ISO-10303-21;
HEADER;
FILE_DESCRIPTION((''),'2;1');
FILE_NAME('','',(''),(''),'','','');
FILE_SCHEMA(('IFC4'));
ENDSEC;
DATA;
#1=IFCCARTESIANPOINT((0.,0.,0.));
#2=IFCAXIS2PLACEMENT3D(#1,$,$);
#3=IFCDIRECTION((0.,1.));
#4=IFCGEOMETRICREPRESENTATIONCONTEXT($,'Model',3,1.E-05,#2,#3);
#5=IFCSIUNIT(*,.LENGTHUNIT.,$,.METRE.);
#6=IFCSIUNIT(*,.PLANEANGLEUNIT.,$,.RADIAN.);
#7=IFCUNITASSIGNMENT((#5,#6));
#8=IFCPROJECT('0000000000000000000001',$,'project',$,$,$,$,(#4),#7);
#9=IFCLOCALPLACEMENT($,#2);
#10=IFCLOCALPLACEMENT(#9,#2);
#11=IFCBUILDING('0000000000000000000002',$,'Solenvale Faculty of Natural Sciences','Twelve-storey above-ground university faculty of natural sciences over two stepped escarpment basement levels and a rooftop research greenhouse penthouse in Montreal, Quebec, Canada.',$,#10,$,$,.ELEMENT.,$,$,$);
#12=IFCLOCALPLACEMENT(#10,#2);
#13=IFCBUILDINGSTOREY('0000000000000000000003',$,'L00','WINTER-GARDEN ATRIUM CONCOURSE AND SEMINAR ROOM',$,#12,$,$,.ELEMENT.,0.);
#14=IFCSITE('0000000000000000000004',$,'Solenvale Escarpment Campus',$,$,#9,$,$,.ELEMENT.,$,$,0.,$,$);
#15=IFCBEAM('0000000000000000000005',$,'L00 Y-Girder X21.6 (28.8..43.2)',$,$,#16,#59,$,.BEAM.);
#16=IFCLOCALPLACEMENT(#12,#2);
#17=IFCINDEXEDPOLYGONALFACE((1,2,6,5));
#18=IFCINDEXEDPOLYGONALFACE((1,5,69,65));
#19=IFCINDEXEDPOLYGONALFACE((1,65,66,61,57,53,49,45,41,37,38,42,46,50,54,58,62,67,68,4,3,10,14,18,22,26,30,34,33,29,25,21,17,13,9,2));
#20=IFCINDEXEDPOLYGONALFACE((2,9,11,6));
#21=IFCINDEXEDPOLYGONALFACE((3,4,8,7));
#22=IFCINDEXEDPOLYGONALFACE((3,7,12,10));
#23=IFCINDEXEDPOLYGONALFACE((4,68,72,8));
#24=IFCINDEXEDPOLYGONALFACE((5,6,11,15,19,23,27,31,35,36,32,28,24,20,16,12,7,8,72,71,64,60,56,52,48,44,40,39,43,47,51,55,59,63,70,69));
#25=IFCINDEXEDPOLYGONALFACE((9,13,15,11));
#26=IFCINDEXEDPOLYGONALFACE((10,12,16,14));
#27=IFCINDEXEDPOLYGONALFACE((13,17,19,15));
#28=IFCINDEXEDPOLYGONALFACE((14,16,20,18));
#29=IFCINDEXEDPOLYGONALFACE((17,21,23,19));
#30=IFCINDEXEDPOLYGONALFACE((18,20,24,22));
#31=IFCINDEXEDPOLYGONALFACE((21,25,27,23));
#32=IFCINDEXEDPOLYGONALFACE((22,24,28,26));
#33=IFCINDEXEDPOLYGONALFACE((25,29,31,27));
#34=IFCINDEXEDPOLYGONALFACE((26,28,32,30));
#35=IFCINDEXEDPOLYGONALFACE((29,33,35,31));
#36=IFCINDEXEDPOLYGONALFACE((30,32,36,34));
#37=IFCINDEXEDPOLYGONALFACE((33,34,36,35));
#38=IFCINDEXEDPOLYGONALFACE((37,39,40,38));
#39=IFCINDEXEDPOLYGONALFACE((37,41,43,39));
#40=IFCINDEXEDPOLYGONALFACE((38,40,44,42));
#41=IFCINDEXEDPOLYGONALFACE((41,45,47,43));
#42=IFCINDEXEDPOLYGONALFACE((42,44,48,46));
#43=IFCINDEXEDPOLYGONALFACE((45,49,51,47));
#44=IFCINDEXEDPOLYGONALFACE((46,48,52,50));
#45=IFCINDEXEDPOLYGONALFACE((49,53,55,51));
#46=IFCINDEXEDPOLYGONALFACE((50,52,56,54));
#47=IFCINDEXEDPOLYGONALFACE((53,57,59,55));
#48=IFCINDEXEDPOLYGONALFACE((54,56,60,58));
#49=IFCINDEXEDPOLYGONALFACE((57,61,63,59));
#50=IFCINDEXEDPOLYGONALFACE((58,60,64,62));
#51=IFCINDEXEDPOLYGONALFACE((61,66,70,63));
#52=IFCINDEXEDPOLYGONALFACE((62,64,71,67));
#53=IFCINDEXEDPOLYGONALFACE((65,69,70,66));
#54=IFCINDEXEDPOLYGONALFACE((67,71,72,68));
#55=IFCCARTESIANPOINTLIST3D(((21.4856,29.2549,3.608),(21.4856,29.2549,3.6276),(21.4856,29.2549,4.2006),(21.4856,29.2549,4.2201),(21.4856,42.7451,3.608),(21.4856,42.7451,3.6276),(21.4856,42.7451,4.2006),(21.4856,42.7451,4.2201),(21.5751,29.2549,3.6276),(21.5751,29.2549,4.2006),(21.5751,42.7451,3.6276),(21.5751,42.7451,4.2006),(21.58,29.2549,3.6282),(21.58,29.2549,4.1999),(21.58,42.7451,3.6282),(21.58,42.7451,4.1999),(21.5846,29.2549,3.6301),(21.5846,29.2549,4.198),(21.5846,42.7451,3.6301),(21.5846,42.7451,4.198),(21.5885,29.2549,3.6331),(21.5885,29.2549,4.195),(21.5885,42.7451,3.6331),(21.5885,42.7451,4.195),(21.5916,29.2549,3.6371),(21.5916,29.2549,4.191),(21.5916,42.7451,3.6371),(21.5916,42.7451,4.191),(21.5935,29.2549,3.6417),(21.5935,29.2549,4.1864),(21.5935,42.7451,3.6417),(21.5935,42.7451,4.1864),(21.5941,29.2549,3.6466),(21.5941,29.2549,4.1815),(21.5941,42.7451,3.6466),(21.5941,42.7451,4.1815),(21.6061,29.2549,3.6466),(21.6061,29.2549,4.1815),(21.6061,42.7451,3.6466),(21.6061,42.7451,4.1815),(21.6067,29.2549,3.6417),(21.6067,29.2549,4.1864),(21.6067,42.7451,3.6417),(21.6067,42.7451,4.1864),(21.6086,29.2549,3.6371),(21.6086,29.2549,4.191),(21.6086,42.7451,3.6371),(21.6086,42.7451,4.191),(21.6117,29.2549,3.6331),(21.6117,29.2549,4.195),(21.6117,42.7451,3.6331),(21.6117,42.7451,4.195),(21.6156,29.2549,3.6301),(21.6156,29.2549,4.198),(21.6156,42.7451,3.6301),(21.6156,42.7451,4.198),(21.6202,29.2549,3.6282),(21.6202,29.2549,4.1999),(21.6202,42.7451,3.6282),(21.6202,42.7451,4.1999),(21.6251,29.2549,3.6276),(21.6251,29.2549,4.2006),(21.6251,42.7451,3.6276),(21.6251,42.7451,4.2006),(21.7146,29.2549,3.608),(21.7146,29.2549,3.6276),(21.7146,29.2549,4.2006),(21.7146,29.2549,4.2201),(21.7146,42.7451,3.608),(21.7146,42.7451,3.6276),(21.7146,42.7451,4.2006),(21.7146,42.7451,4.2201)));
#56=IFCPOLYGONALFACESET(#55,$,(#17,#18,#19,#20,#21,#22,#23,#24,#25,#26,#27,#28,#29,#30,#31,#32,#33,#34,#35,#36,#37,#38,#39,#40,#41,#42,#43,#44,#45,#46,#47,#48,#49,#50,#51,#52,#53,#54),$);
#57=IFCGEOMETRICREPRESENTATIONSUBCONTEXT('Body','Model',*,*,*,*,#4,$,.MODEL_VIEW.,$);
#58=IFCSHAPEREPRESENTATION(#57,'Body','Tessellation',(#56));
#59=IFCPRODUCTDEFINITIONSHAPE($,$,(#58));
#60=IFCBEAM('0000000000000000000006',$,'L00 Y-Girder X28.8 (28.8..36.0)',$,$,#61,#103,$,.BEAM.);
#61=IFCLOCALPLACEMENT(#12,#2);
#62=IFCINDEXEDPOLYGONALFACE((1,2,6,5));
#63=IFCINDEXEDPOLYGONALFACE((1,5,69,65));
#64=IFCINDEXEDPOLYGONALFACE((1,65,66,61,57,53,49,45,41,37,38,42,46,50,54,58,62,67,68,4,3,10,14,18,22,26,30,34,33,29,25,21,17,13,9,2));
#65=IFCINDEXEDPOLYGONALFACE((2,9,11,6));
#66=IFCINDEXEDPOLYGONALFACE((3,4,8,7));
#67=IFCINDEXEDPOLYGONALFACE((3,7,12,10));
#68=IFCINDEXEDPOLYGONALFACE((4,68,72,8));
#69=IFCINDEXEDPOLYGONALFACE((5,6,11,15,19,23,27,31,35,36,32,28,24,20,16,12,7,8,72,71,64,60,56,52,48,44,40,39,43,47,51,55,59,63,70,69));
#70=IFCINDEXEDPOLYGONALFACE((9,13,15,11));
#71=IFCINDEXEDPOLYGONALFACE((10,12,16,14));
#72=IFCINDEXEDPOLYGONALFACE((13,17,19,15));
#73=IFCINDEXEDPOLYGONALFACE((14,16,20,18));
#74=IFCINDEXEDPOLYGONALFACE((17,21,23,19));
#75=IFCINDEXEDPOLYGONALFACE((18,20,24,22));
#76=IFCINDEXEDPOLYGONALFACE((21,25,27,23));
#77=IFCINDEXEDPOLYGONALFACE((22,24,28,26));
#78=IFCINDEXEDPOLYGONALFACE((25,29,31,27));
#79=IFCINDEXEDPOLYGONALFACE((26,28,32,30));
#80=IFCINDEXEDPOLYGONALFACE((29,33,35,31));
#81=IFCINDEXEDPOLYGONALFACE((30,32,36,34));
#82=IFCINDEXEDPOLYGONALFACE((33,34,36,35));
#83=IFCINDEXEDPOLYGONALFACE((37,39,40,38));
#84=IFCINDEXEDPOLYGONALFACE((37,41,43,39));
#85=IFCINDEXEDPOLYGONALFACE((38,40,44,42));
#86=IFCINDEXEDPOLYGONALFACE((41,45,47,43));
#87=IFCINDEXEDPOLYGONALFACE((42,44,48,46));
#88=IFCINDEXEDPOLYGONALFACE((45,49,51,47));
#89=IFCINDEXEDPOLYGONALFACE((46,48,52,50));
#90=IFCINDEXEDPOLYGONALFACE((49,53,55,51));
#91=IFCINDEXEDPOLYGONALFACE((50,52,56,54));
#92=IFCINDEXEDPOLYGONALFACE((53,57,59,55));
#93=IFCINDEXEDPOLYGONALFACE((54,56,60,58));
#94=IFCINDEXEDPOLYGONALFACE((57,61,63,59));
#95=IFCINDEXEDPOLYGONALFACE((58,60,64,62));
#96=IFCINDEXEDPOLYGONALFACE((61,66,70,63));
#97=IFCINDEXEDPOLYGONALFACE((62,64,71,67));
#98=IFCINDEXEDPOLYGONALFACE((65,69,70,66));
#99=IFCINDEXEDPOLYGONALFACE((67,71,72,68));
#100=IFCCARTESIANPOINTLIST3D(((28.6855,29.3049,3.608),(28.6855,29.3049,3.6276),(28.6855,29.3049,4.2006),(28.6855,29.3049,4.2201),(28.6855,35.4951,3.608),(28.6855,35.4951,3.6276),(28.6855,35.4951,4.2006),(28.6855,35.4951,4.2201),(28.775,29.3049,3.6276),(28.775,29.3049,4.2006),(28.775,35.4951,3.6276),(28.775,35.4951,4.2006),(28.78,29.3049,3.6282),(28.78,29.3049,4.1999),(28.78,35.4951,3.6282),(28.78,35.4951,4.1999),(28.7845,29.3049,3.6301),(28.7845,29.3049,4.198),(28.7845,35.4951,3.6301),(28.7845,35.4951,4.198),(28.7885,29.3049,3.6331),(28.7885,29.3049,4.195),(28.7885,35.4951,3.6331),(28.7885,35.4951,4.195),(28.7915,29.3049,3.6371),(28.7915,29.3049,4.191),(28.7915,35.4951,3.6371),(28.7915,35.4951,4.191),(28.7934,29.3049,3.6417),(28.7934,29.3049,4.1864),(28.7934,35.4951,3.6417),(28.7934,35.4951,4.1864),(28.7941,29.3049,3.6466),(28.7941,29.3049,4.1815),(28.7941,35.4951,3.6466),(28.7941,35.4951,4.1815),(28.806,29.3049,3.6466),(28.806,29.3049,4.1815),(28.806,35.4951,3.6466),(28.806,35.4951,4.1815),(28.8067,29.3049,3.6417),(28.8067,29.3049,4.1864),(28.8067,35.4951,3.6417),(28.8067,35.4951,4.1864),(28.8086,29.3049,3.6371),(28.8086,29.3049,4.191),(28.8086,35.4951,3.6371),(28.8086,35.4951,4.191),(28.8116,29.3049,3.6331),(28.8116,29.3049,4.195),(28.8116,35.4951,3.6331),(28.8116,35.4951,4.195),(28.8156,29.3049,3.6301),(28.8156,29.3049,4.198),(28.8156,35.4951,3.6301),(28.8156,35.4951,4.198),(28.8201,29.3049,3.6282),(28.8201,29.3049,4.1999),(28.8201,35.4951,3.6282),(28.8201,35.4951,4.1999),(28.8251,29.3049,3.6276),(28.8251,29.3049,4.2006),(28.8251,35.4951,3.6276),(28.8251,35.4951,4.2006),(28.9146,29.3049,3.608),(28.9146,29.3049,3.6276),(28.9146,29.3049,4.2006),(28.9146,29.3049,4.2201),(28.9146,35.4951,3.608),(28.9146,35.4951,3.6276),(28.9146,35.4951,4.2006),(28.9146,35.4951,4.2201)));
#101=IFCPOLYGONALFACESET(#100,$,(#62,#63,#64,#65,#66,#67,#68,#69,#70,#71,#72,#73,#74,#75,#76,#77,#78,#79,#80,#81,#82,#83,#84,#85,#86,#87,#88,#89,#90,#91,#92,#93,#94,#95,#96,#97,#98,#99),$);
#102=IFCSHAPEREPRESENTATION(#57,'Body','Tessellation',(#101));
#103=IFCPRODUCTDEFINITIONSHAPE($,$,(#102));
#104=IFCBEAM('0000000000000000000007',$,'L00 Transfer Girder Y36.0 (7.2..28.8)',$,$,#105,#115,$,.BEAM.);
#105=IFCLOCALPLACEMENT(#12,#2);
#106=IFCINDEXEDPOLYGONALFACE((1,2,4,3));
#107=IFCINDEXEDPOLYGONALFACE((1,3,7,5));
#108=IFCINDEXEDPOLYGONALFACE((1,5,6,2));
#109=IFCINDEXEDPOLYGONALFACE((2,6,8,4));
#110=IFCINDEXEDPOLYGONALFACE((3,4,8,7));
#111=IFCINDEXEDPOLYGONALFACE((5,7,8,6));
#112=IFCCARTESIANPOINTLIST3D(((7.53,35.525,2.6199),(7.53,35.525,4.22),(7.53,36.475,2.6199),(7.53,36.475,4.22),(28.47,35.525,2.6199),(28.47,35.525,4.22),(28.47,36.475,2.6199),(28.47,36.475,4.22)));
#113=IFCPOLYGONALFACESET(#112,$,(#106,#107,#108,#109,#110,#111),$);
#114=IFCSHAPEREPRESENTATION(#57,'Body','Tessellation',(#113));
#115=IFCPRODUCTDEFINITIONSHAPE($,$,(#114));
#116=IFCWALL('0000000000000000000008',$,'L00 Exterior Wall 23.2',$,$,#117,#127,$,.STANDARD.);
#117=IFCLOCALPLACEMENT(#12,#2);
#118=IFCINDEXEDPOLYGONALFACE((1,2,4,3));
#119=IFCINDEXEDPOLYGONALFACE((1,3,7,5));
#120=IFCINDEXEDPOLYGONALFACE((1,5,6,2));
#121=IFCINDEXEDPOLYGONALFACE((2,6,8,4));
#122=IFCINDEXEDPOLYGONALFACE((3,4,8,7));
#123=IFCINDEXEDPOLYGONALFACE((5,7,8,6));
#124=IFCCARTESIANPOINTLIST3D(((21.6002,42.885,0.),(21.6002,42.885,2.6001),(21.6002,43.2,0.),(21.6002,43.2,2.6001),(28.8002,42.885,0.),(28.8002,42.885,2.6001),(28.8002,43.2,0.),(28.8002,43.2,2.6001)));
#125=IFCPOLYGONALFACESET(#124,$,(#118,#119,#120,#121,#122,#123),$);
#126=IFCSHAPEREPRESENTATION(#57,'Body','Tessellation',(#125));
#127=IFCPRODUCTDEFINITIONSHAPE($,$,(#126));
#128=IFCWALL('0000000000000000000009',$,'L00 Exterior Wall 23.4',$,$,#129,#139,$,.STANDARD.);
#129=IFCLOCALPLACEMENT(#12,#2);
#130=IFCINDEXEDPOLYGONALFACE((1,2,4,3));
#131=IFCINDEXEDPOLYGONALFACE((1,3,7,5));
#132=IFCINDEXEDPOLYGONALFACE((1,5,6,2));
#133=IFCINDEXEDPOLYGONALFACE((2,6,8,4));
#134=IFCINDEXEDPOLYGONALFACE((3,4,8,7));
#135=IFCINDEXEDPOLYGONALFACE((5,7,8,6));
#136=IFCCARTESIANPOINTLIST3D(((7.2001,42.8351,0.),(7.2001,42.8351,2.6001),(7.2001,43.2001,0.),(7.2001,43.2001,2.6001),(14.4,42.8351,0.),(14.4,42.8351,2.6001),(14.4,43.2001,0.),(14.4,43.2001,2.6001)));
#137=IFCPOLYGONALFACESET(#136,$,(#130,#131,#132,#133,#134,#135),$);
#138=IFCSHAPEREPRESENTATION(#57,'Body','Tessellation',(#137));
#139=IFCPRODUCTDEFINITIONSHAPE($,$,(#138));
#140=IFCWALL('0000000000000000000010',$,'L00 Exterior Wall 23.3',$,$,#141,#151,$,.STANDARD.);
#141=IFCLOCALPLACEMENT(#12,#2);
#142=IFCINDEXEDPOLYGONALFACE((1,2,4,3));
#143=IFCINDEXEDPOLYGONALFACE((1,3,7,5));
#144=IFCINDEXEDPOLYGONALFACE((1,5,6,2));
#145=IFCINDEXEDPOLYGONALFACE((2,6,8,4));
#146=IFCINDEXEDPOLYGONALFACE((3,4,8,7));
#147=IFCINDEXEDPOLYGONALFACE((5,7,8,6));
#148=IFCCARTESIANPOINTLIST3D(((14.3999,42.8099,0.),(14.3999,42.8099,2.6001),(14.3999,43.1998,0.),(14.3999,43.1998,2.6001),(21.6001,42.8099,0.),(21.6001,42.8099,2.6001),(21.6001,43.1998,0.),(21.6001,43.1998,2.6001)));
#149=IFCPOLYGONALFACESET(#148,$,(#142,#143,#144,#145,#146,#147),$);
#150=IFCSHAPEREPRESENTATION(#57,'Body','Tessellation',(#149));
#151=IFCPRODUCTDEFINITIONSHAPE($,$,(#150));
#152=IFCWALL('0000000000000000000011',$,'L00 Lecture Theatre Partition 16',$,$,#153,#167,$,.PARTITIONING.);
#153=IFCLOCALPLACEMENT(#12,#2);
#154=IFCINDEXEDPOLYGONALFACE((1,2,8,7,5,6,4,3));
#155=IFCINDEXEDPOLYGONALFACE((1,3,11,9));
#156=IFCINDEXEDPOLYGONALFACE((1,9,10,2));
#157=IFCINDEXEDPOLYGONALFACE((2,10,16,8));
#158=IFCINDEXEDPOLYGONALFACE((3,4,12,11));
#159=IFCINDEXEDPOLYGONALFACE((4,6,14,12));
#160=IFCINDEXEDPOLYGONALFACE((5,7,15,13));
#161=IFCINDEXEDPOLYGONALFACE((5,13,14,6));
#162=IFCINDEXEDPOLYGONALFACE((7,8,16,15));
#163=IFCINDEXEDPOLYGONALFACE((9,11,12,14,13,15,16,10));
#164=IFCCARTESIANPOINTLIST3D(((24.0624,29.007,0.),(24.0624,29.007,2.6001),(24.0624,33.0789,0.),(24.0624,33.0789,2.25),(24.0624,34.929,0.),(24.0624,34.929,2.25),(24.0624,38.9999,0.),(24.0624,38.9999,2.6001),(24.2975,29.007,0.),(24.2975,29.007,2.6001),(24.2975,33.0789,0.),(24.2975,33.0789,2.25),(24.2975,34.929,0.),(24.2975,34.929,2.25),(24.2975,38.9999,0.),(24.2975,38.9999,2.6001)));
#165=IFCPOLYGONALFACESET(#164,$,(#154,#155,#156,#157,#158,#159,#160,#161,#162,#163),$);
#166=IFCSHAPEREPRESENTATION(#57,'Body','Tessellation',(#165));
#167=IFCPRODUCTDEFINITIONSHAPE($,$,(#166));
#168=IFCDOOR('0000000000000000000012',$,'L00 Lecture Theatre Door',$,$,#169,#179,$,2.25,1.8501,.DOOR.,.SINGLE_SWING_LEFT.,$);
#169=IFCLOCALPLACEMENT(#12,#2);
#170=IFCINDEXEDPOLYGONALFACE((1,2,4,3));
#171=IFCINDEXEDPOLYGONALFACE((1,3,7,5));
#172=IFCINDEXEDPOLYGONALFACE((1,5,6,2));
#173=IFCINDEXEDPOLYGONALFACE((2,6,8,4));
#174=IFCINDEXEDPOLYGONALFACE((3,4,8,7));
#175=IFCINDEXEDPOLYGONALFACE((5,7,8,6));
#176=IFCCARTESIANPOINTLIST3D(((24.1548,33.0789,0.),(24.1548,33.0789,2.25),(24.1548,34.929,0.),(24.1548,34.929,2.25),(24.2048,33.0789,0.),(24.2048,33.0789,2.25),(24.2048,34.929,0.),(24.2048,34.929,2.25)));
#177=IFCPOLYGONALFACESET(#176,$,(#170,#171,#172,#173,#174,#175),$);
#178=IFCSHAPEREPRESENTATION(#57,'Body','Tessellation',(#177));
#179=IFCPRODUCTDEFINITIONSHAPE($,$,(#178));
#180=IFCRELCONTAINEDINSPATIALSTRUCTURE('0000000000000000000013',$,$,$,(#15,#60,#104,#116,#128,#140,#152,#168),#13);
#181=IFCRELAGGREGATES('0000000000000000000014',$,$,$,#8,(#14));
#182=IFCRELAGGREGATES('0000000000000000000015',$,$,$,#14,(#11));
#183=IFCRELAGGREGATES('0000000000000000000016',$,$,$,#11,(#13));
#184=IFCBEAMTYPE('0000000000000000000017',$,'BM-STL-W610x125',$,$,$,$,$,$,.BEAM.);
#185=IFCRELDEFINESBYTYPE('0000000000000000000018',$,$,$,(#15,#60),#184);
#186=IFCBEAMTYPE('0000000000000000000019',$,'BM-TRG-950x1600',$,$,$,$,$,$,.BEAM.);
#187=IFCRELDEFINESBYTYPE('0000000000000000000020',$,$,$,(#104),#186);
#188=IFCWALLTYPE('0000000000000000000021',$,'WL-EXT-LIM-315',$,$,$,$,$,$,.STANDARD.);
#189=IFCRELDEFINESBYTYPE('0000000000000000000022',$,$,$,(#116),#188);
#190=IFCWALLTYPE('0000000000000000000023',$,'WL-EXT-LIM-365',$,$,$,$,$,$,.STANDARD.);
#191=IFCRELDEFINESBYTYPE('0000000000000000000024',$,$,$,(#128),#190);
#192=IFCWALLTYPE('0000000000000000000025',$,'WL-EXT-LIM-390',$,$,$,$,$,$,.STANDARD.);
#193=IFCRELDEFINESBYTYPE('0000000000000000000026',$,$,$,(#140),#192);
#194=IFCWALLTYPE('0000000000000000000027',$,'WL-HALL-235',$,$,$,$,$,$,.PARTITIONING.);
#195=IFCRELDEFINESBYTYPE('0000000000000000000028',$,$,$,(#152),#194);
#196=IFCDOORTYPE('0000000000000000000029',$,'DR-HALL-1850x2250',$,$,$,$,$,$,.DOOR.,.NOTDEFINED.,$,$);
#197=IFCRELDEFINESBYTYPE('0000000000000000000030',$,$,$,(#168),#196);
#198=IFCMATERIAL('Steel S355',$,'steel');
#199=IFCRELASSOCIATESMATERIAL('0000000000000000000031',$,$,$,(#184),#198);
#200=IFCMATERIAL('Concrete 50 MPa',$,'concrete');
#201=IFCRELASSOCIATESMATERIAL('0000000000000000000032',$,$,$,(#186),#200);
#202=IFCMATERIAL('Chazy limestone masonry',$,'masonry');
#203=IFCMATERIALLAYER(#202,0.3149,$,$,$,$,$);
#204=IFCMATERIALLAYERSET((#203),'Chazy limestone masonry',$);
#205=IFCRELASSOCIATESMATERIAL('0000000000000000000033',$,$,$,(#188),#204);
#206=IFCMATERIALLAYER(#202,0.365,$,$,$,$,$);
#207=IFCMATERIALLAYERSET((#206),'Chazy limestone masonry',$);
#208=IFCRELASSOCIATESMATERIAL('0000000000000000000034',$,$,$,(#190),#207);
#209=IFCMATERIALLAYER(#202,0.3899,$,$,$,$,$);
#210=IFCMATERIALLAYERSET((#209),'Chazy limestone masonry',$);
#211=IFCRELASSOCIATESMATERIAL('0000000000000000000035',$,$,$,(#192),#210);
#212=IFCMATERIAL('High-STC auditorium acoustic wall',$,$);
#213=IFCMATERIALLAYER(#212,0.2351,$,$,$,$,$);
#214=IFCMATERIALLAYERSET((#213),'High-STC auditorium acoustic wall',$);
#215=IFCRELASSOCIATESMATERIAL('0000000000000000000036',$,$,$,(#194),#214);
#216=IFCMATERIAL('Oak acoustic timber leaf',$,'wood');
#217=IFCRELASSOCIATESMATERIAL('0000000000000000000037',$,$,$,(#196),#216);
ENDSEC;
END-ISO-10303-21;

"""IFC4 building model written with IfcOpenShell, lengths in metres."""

from ifc_helpers import new_model, si_unit, direction, frame, frame_2d, origin, origin_2d, place, context, subcontext, project, spatial, rectangle, i_section, extrude, material, layer, layer_set, material_profile, profile_set, type_object, element, fill, save


model = new_model("IFC4")

# Units and contexts
model_context = context("Model", 3, precision=1e-05, world=origin(), true_north=direction((0.0, 1.0)))
body_context = subcontext(model_context, "Body", "Model", "MODEL_VIEW")
ifc_project = project(units=[si_unit("LENGTHUNIT", "METRE"), si_unit("PLANEANGLEUNIT", "RADIAN")], contexts=[model_context])

# Site, building, storey
site_placement = place(None, origin())
site = spatial("IfcSite", under=ifc_project, at=site_placement, Name="Solenvale Escarpment Campus", CompositionType="ELEMENT", RefElevation=0.0)
building_placement = place(site_placement, origin())
building = spatial("IfcBuilding", under=site, at=building_placement, Name="Solenvale Faculty of Natural Sciences", Description="Twelve-storey above-ground university faculty of natural sciences over two stepped escarpment basement levels and a rooftop research greenhouse penthouse in Montreal, Quebec, Canada.", CompositionType="ELEMENT")
storey_placement = place(building_placement, origin())
storey = spatial("IfcBuildingStorey", under=building, at=storey_placement, Name="L00", Description="WINTER-GARDEN ATRIUM CONCOURSE AND SEMINAR ROOM", CompositionType="ELEMENT", Elevation=0.0)

# Shared definitions
ifc_material_1 = material(Name="Concrete 50 MPa", Category="concrete")

# Beams
ifc_material_2 = material(Name="Steel S355", Category="steel")
ifc_material_profile_1 = material_profile(ifc_material_2, i_section(OverallWidth=0.229, OverallDepth=0.6121, WebThickness=0.012, FlangeThickness=0.0195, FilletRadius=0.019, at=origin_2d()), Name="W610x125")
ifc_profile_set_1 = profile_set([ifc_material_profile_1], Name="Steel S355")
beam_type_1 = type_object("IfcBeamType", Name="BM-STL-W610x125", PredefinedType="BEAM", material=ifc_profile_set_1)
for number, where, z_axis, x_axis, name in (
    (1, (21.6001, 29.2549, 3.9141), (0.0, 1.0, 0.0), (-1.0, 0.0, 0.0), "L00 Y-Girder X21.6 (28.8..43.2)"),
):
    element("IfcBeam", number, at=place(storey_placement, frame(where, z_axis=z_axis, x_axis=x_axis)), inside=storey, type_object=beam_type_1, Name=name, PredefinedType="BEAM", context=body_context, shape_type="SweptSolid", body=[
        extrude(i_section(OverallWidth=0.229, OverallDepth=0.6121, WebThickness=0.012, FlangeThickness=0.0195, FilletRadius=0.019, at=origin_2d()), origin(), (0.0, 0.0, 1.0), 13.4902),
    ])
beam_1_placement = place(storey_placement, frame((28.8, 29.3049, 3.9141), z_axis=(0.0, 1.0, 0.0), x_axis=(-1.0, 0.0, 0.0)))
element("IfcBeam", 2, at=beam_1_placement, inside=storey, type_object=beam_type_1, Name="L00 Y-Girder X28.8 (28.8..36.0)", PredefinedType="BEAM", context=body_context, shape_type="SweptSolid", body=[
    extrude(i_section(OverallWidth=0.229, OverallDepth=0.6121, WebThickness=0.012, FlangeThickness=0.0195, FilletRadius=0.019, at=origin_2d()), origin(), (0.0, 0.0, 1.0), 6.1902),
])
ifc_material_profile_2 = material_profile(ifc_material_1, rectangle(XDim=0.95, YDim=1.6001, at=origin_2d()), Name="RC-TRG-950x1600")
ifc_profile_set_2 = profile_set([ifc_material_profile_2], Name="Concrete 50 MPa")
beam_type_2 = type_object("IfcBeamType", Name="BM-TRG-950x1600", PredefinedType="BEAM", material=ifc_profile_set_2)
beam_2_placement = place(storey_placement, frame((7.53, 36.0, 3.4199), z_axis=(1.0, 0.0, 0.0), x_axis=(0.0, 1.0, 0.0)))
element("IfcBeam", 3, at=beam_2_placement, inside=storey, type_object=beam_type_2, Name="L00 Transfer Girder Y36.0 (7.2..28.8)", PredefinedType="BEAM", context=body_context, shape_type="SweptSolid", body=[
    extrude(rectangle(XDim=0.95, YDim=1.6001, at=origin_2d()), origin(), (0.0, 0.0, 1.0), 20.9399),
])

# Walls
ifc_material_3 = material(Name="Chazy limestone masonry", Category="masonry")
ifc_layer_1 = layer(ifc_material_3, 0.3149)
ifc_layer_set_1 = layer_set([ifc_layer_1], Name="Chazy limestone masonry")
wall_type_1 = type_object("IfcWallType", Name="WL-EXT-LIM-315", PredefinedType="STANDARD", material=ifc_layer_set_1)
wall_1_placement = place(storey_placement, frame((21.6001, 43.0425, 0.0), z_axis=(0.0, 0.0, 1.0), x_axis=(1.0, 0.0, 0.0)))
element("IfcWall", 4, at=wall_1_placement, inside=storey, type_object=wall_type_1, Name="L00 Exterior Wall 23.2", PredefinedType="STANDARD", context=body_context, shape_type="SweptSolid", body=[
    extrude(rectangle(XDim=7.2, YDim=0.3149, at=frame_2d((3.6001, 0.0))), origin(), (0.0, 0.0, 1.0), 2.6001),
])
ifc_layer_2 = layer(ifc_material_3, 0.365)
ifc_layer_set_2 = layer_set([ifc_layer_2], Name="Chazy limestone masonry")
wall_type_2 = type_object("IfcWallType", Name="WL-EXT-LIM-365", PredefinedType="STANDARD", material=ifc_layer_set_2)
wall_2_placement = place(storey_placement, frame((7.2, 43.0176, 0.0), z_axis=(0.0, 0.0, 1.0), x_axis=(1.0, 0.0, 0.0)))
element("IfcWall", 5, at=wall_2_placement, inside=storey, type_object=wall_type_2, Name="L00 Exterior Wall 23.4", PredefinedType="STANDARD", context=body_context, shape_type="SweptSolid", body=[
    extrude(rectangle(XDim=7.2, YDim=0.365, at=frame_2d((3.6001, 0.0))), origin(), (0.0, 0.0, 1.0), 2.6001),
])
ifc_layer_3 = layer(ifc_material_3, 0.3899)
ifc_layer_set_3 = layer_set([ifc_layer_3], Name="Chazy limestone masonry")
wall_type_3 = type_object("IfcWallType", Name="WL-EXT-LIM-390", PredefinedType="STANDARD", material=ifc_layer_set_3)
wall_3_placement = place(storey_placement, frame((14.3999, 43.0049, 0.0), z_axis=(0.0, 0.0, 1.0), x_axis=(1.0, 0.0, 0.0)))
element("IfcWall", 6, at=wall_3_placement, inside=storey, type_object=wall_type_3, Name="L00 Exterior Wall 23.3", PredefinedType="STANDARD", context=body_context, shape_type="SweptSolid", body=[
    extrude(rectangle(XDim=7.2002, YDim=0.3899, at=frame_2d((3.6001, 0.0))), origin(), (0.0, 0.0, 1.0), 2.6001),
])

# Wall, opening, door
ifc_material_4 = material(Name="High-STC auditorium acoustic wall")
ifc_layer_4 = layer(ifc_material_4, 0.2351)
ifc_layer_set_4 = layer_set([ifc_layer_4], Name="High-STC auditorium acoustic wall")
wall_type_4 = type_object("IfcWallType", Name="WL-HALL-235", PredefinedType="PARTITIONING", material=ifc_layer_set_4)
wall_4_placement = place(storey_placement, frame((24.1799, 39.0, 0.0), z_axis=(0.0, 0.0, 1.0), x_axis=(0.0, -1.0, 0.0)))
wall_4 = element("IfcWall", 7, at=wall_4_placement, inside=storey, type_object=wall_type_4, Name="L00 Lecture Theatre Partition 16", PredefinedType="PARTITIONING", context=body_context, shape_type="SweptSolid", body=[
    extrude(rectangle(XDim=9.9929, YDim=0.2351, at=frame_2d((4.9966, 0.0))), origin(), (0.0, 0.0, 1.0), 2.6001),
])
opening_placement = place(wall_4_placement, frame((4.071, 0.0, 0.0)))
opening = element("IfcOpeningElement", 8, at=opening_placement, cuts=wall_4, PredefinedType="OPENING", context=body_context, shape_type="SweptSolid", body=[
    extrude(rectangle(XDim=1.8501, YDim=2.25, at=frame_2d((0.925, 1.125))), frame((0.0, 0.1274, 0.0), z_axis=(0.0, -1.0, 0.0), x_axis=(1.0, 0.0, 0.0)), (0.0, 0.0, 1.0), 0.2551),
])
ifc_material_5 = material(Name="Oak acoustic timber leaf", Category="wood")
door_type = type_object("IfcDoorType", Name="DR-HALL-1850x2250", OperationType="NOTDEFINED", PredefinedType="DOOR", material=ifc_material_5)
door_placement = place(opening_placement, origin())
door = element("IfcDoor", 9, at=door_placement, inside=storey, type_object=door_type, Name="L00 Lecture Theatre Door", OperationType="SINGLE_SWING_LEFT", OverallHeight=2.25, OverallWidth=1.8501, PredefinedType="DOOR", context=body_context, shape_type="SweptSolid", body=[
    extrude(rectangle(XDim=1.8501, YDim=2.25, at=frame_2d((0.925, 1.125))), frame((0.0, 0.0249, 0.0), z_axis=(0.0, -1.0, 0.0), x_axis=(1.0, 0.0, 0.0)), (0.0, 0.0, 1.0), 0.05),
])
fill(opening, door)

save(model, "model.ifc")
